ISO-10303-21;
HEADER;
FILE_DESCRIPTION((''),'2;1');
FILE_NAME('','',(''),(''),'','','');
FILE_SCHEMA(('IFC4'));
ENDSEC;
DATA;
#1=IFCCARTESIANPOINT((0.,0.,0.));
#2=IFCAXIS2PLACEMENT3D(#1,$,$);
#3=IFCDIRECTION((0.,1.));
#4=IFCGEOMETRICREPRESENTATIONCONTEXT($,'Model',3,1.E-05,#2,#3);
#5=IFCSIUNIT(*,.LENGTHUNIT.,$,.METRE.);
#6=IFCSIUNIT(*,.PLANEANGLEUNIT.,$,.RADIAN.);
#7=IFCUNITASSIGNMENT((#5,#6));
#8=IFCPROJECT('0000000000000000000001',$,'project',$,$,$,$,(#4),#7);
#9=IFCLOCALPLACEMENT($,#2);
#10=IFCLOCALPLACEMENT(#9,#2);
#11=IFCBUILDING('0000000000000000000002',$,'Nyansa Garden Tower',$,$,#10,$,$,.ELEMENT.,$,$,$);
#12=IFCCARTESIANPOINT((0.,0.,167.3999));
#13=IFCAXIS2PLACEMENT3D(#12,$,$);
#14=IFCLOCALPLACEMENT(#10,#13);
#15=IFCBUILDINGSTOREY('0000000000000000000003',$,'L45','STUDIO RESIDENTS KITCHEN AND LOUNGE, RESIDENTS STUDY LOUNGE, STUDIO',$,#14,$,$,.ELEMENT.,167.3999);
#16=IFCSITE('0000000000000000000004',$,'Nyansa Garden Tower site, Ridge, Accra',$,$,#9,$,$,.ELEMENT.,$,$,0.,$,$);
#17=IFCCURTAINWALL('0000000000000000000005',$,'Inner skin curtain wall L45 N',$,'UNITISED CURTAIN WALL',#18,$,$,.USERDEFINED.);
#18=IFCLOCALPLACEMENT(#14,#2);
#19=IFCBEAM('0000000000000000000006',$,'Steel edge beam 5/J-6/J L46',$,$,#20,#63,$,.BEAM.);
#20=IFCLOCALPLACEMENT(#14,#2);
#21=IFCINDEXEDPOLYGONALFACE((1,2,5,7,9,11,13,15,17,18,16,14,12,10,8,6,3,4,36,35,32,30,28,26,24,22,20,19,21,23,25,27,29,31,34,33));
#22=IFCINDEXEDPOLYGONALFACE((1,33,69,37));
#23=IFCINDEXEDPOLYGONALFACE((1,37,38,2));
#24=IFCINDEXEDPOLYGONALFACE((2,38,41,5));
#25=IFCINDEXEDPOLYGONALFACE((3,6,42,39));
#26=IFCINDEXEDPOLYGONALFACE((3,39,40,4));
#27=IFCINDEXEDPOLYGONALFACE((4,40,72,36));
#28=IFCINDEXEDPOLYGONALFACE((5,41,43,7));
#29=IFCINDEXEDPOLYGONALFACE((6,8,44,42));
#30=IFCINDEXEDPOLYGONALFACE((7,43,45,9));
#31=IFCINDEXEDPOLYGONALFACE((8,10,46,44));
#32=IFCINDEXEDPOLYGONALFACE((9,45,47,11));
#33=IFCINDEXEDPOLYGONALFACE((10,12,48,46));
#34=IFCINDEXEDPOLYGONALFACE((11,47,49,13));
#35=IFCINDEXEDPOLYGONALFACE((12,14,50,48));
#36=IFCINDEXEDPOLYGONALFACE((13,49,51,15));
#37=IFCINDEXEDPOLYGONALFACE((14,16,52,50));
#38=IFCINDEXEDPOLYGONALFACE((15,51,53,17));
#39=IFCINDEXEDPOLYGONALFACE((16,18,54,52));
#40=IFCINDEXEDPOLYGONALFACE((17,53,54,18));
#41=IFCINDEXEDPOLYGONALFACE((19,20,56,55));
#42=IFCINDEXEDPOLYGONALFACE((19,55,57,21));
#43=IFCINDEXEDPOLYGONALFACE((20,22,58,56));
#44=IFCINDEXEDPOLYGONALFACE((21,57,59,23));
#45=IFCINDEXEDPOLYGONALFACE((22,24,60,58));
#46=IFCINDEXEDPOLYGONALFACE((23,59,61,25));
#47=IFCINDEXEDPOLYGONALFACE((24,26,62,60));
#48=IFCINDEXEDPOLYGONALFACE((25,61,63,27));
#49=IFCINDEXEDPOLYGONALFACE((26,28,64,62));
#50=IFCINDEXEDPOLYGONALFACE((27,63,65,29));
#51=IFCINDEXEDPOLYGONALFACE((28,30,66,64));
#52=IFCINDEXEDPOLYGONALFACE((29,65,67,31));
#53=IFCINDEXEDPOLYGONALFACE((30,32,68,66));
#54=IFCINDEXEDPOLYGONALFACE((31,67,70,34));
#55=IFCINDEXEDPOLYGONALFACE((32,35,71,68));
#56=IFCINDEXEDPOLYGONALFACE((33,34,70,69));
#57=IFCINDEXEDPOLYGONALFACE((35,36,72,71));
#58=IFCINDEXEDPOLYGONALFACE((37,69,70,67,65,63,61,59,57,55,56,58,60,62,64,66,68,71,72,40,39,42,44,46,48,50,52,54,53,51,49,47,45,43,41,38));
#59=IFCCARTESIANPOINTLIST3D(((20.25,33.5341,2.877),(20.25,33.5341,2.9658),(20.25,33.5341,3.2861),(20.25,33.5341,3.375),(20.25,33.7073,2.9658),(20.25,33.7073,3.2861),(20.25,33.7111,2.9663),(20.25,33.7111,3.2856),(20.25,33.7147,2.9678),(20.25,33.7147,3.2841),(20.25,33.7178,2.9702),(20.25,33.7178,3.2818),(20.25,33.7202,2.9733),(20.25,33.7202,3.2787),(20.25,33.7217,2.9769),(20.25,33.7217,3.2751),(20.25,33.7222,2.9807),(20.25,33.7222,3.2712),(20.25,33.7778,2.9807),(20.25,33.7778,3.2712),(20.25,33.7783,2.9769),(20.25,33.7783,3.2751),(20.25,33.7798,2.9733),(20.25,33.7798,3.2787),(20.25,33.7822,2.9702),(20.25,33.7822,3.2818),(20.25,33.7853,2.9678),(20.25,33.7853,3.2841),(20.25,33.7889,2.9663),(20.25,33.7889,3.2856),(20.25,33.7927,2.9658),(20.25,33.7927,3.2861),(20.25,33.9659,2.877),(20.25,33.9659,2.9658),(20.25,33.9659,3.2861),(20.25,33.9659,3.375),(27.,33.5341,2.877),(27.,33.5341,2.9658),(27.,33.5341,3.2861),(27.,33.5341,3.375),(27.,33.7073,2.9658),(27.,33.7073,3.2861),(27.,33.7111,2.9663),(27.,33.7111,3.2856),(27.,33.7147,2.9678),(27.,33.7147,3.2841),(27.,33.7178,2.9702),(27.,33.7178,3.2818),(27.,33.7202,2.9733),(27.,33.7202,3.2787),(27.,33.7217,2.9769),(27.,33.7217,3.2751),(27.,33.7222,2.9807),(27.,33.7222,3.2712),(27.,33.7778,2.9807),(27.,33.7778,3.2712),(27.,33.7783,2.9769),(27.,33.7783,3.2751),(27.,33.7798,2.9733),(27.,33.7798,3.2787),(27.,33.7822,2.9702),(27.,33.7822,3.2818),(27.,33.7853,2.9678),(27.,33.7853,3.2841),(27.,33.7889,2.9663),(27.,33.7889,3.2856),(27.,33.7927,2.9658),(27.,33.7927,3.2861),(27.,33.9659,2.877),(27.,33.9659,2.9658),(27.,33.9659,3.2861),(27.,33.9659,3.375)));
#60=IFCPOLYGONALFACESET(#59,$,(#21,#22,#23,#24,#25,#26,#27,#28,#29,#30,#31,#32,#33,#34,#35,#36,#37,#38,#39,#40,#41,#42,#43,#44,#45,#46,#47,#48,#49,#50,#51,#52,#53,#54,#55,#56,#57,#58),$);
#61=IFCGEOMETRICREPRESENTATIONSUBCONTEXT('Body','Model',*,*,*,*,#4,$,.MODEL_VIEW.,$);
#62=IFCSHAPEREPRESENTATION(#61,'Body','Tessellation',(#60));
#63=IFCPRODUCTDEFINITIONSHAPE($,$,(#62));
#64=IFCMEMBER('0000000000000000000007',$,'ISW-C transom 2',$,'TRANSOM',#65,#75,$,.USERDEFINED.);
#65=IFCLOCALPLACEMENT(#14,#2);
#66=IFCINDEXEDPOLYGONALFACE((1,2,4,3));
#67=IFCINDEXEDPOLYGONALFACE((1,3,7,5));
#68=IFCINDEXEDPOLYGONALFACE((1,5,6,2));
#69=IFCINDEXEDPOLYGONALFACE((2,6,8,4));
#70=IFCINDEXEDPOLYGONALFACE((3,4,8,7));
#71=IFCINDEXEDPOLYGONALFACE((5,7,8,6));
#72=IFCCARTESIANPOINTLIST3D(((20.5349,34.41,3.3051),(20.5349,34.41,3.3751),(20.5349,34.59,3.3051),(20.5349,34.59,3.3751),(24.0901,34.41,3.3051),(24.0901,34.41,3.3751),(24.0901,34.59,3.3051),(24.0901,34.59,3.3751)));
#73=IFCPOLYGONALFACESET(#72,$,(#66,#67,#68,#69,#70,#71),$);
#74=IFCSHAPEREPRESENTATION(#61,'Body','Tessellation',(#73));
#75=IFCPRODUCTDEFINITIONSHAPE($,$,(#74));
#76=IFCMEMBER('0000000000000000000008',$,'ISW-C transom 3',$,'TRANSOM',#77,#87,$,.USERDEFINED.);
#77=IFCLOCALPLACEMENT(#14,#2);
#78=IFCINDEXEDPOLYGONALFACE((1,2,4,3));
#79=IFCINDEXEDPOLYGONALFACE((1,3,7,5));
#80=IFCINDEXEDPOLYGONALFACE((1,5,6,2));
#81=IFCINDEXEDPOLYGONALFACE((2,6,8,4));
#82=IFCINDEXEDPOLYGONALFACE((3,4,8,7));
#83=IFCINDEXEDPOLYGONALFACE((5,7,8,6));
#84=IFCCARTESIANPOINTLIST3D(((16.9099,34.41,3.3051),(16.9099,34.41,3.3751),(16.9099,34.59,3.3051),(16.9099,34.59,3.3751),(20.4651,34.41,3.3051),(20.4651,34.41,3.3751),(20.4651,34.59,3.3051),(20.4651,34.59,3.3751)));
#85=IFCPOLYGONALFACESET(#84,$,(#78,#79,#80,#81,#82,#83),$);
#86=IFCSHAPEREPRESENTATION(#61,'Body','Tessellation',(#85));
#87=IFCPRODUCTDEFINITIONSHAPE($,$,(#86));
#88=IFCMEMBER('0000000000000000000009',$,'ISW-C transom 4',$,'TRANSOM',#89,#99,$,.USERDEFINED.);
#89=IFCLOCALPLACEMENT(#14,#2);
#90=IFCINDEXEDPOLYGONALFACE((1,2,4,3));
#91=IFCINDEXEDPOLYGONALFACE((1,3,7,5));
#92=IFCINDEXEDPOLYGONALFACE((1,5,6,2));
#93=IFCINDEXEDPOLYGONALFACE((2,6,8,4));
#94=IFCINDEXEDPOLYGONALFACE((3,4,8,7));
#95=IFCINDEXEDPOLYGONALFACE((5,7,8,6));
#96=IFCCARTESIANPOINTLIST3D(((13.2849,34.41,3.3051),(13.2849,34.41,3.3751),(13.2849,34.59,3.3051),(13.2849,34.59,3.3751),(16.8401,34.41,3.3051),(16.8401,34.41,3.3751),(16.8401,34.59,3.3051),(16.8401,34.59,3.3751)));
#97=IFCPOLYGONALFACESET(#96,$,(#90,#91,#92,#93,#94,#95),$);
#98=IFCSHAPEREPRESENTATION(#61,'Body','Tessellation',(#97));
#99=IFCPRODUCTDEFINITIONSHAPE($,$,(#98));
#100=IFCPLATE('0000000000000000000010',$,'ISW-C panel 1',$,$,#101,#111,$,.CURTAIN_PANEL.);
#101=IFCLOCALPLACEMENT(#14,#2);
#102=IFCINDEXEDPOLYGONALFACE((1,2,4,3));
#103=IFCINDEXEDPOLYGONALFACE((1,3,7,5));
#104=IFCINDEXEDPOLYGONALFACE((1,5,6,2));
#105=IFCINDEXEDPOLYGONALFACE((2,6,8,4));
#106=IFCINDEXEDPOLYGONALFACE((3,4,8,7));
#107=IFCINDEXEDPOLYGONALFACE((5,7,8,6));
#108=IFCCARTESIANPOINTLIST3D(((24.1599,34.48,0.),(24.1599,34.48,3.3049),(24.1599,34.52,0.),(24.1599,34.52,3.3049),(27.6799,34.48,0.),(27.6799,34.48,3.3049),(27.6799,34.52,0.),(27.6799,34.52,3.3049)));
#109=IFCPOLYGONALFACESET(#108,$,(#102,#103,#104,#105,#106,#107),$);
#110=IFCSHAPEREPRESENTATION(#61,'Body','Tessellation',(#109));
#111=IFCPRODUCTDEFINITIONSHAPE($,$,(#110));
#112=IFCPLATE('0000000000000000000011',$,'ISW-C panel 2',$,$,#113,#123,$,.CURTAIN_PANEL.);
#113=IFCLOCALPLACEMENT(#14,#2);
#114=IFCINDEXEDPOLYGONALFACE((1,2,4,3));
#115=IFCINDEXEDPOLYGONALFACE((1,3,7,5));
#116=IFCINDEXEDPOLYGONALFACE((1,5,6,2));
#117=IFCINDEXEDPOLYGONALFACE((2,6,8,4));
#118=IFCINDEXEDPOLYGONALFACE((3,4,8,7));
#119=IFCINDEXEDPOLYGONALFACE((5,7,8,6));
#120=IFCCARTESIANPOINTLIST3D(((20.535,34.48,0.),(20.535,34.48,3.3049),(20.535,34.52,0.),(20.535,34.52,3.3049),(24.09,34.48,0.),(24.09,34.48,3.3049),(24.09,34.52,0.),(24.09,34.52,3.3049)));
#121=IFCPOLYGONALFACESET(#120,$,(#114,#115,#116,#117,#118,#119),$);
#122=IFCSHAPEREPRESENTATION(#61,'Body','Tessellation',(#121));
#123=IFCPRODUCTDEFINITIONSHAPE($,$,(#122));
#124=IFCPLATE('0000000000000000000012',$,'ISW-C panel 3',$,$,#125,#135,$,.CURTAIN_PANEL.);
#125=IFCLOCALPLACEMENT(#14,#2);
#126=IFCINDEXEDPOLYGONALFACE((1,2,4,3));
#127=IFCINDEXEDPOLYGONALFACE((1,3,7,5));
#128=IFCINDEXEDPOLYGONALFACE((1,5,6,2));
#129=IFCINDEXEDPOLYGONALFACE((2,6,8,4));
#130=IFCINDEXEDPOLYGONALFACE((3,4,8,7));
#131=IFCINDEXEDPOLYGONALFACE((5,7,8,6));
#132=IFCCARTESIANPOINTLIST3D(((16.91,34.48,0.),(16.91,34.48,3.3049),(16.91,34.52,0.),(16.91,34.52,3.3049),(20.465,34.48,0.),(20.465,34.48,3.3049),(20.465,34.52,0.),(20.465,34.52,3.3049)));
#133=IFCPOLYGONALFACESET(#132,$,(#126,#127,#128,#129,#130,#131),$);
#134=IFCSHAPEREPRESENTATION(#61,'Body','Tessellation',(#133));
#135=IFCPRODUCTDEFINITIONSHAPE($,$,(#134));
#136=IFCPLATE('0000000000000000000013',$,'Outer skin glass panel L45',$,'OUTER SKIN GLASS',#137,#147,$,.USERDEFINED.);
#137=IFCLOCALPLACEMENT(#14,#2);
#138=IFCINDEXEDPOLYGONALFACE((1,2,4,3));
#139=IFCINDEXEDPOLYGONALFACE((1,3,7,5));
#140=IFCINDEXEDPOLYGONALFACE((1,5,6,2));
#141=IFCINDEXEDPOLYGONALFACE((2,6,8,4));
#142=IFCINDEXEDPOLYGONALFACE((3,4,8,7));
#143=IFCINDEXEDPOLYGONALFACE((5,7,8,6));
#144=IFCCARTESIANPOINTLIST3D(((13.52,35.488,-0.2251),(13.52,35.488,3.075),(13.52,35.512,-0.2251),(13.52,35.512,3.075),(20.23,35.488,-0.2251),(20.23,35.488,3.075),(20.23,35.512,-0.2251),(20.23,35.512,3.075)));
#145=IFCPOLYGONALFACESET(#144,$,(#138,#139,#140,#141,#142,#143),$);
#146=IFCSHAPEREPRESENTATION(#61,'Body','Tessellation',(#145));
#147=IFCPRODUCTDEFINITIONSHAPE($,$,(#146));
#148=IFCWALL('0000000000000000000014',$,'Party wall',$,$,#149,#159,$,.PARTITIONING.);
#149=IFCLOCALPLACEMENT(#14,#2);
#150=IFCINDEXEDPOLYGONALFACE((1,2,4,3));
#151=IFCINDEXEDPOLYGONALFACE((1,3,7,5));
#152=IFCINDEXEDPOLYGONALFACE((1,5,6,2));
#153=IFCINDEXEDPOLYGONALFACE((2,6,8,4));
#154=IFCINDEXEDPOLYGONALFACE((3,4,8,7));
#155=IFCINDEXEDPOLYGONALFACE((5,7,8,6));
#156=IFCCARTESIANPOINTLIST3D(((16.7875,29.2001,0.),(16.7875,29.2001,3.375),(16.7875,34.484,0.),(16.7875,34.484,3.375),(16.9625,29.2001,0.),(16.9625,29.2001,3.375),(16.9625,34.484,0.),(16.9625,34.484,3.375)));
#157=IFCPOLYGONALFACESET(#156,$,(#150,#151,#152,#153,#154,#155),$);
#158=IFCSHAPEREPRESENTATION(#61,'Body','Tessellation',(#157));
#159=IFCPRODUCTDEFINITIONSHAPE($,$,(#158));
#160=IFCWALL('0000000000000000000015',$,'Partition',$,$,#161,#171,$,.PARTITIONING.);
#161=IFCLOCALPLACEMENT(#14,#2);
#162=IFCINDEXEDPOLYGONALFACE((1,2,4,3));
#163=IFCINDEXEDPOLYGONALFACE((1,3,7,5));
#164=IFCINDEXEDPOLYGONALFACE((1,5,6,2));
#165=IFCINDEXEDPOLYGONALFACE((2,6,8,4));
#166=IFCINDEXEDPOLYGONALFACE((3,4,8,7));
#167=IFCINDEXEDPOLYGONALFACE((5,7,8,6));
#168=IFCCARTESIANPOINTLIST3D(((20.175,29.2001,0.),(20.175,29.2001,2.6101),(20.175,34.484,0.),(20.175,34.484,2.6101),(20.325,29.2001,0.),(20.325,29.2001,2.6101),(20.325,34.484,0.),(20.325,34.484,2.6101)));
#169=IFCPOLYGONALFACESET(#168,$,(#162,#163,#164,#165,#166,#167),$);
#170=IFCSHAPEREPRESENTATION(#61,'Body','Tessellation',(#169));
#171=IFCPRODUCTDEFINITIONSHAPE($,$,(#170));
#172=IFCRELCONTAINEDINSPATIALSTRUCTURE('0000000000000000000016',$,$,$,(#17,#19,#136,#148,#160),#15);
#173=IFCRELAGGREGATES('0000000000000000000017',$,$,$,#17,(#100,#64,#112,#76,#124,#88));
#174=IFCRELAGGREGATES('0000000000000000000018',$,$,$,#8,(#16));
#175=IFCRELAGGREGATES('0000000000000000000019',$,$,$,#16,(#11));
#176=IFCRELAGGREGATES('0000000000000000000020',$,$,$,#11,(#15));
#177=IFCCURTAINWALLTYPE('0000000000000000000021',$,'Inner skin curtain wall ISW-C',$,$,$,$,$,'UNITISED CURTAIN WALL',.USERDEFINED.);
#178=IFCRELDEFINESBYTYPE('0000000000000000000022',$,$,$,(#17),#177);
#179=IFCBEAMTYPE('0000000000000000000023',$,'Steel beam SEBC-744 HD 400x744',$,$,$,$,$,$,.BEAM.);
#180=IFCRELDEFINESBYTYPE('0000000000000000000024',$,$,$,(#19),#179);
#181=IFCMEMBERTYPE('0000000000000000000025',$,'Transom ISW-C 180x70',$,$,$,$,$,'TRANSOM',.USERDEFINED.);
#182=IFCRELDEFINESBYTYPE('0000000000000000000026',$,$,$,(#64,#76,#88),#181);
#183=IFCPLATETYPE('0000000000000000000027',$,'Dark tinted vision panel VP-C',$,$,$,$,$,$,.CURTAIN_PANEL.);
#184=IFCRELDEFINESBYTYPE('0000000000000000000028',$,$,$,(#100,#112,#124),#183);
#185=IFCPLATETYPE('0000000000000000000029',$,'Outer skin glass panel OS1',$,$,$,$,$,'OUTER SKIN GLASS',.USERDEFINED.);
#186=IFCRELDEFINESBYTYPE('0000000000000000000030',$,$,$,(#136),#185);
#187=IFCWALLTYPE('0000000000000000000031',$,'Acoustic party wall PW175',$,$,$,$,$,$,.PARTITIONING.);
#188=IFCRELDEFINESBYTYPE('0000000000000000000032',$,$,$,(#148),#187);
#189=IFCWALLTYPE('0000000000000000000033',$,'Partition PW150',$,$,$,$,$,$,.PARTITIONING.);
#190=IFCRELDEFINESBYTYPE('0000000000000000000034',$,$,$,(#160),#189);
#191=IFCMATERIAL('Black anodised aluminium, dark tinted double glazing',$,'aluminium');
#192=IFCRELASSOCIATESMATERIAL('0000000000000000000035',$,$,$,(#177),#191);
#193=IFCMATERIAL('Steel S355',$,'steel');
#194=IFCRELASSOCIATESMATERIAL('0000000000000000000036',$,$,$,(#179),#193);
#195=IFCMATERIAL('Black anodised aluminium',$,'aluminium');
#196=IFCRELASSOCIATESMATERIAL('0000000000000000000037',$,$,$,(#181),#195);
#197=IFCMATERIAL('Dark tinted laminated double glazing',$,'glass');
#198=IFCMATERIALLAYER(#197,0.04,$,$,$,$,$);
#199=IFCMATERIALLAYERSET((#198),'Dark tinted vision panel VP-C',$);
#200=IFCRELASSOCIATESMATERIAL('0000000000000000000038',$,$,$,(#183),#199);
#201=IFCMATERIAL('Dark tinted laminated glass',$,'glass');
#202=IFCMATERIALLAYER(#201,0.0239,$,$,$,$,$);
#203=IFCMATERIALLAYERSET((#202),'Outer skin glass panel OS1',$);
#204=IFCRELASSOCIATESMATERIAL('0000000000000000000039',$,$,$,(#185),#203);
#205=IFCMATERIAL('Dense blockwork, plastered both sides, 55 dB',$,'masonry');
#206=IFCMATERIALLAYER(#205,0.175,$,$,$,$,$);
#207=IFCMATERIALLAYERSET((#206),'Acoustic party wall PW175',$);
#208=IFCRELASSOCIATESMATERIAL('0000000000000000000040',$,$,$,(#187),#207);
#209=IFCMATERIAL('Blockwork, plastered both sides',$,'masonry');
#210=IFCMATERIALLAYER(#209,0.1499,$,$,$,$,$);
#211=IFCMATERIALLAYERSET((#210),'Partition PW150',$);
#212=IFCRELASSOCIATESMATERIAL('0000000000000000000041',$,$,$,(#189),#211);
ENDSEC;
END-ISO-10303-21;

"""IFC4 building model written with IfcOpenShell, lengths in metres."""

from ifc_helpers import new_model, si_unit, direction, frame, frame_2d, origin, origin_2d, place, context, subcontext, project, spatial, rectangle, i_section, extrude, material, layer, layer_set, material_profile, profile_set, type_object, element, aggregate, save


model = new_model("IFC4")

# Units and contexts
model_context = context("Model", 3, precision=1e-05, world=origin(), true_north=direction((0.0, 1.0)))
body_context = subcontext(model_context, "Body", "Model", "MODEL_VIEW")
ifc_project = project(units=[si_unit("LENGTHUNIT", "METRE"), si_unit("PLANEANGLEUNIT", "RADIAN")], contexts=[model_context])

# Site, building, storey
site_placement = place(None, origin())
site = spatial("IfcSite", under=ifc_project, at=site_placement, Name="Nyansa Garden Tower site, Ridge, Accra", CompositionType="ELEMENT", RefElevation=0.0)
building_placement = place(site_placement, origin())
building = spatial("IfcBuilding", under=site, at=building_placement, Name="Nyansa Garden Tower", CompositionType="ELEMENT")
storey_placement = place(building_placement, frame((0.0, 0.0, 167.3999)))
storey = spatial("IfcBuildingStorey", under=building, at=storey_placement, Name="L45", Description="STUDIO RESIDENTS KITCHEN AND LOUNGE, RESIDENTS STUDY LOUNGE, STUDIO", CompositionType="ELEMENT", Elevation=167.3999)

# Curtain wall
ifc_material_1 = material(Name="Black anodised aluminium, dark tinted double glazing", Category="aluminium")
curtain_wall_type = type_object("IfcCurtainWallType", Name="Inner skin curtain wall ISW-C", ElementType="UNITISED CURTAIN WALL", PredefinedType="USERDEFINED", material=ifc_material_1)
curtain_wall_placement = place(storey_placement, origin())
curtain_wall = element("IfcCurtainWall", 1, at=curtain_wall_placement, inside=storey, type_object=curtain_wall_type, Name="Inner skin curtain wall L45 N", ObjectType="UNITISED CURTAIN WALL", PredefinedType="USERDEFINED")

# Beam
ifc_material_2 = material(Name="Steel S355", Category="steel")
ifc_material_profile_1 = material_profile(ifc_material_2, i_section(OverallWidth=0.4319, OverallDepth=0.498, WebThickness=0.0557, FlangeThickness=0.0889, FilletRadius=0.0149, at=origin_2d()), Name="HD 400x744")
ifc_profile_set_1 = profile_set([ifc_material_profile_1], Name="Steel S355")
beam_type_1 = type_object("IfcBeamType", Name="Steel beam SEBC-744 HD 400x744", PredefinedType="BEAM", material=ifc_profile_set_1)
beam_1_placement = place(storey_placement, frame((20.25, 33.75, 3.126), z_axis=(1.0, 0.0, 0.0), x_axis=(0.0, 1.0, 0.0)))
element("IfcBeam", 2, at=beam_1_placement, inside=storey, type_object=beam_type_1, Name="Steel edge beam 5/J-6/J L46", PredefinedType="BEAM", context=body_context, shape_type="SweptSolid", body=[
    extrude(i_section(OverallWidth=0.4319, OverallDepth=0.498, WebThickness=0.0557, FlangeThickness=0.0889, FilletRadius=0.0149, at=origin_2d()), origin(), (0.0, 0.0, 1.0), 6.75),
])

# Members
ifc_material_3 = material(Name="Black anodised aluminium", Category="aluminium")
ifc_material_profile_2 = material_profile(ifc_material_3, rectangle(XDim=0.1799, YDim=0.0701, at=origin_2d()), Name="Transom 180x70")
ifc_profile_set_2 = profile_set([ifc_material_profile_2], Name="Black anodised aluminium")
member_type_1 = type_object("IfcMemberType", Name="Transom ISW-C 180x70", ElementType="TRANSOM", PredefinedType="USERDEFINED", material=ifc_profile_set_2)
member_1_placement = place(storey_placement, frame((24.0901, 34.5, 3.3401), z_axis=(-1.0, 0.0, 0.0), x_axis=(0.0, -1.0, 0.0)))
member_1 = element("IfcMember", 3, at=member_1_placement, type_object=member_type_1, Name="ISW-C transom 2", ObjectType="TRANSOM", PredefinedType="USERDEFINED", context=body_context, shape_type="SweptSolid", body=[
    extrude(rectangle(XDim=0.1799, YDim=0.0701, at=origin_2d()), origin(), (0.0, 0.0, 1.0), 3.5552),
])
member_2_placement = place(storey_placement, frame((20.4651, 34.5, 3.3401), z_axis=(-1.0, 0.0, 0.0), x_axis=(0.0, -1.0, 0.0)))
member_2 = element("IfcMember", 4, at=member_2_placement, type_object=member_type_1, Name="ISW-C transom 3", ObjectType="TRANSOM", PredefinedType="USERDEFINED", context=body_context, shape_type="SweptSolid", body=[
    extrude(rectangle(XDim=0.1799, YDim=0.0701, at=origin_2d()), origin(), (0.0, 0.0, 1.0), 3.5552),
])
member_3_placement = place(storey_placement, frame((16.8401, 34.5, 3.3401), z_axis=(-1.0, 0.0, 0.0), x_axis=(0.0, -1.0, 0.0)))
member_3 = element("IfcMember", 5, at=member_3_placement, type_object=member_type_1, Name="ISW-C transom 4", ObjectType="TRANSOM", PredefinedType="USERDEFINED", context=body_context, shape_type="SweptSolid", body=[
    extrude(rectangle(XDim=0.1799, YDim=0.0701, at=origin_2d()), origin(), (0.0, 0.0, 1.0), 3.5552),
])

# Plates
ifc_material_4 = material(Name="Dark tinted laminated double glazing", Category="glass")
ifc_layer_1 = layer(ifc_material_4, 0.04)
ifc_layer_set_1 = layer_set([ifc_layer_1], Name="Dark tinted vision panel VP-C")
plate_type_1 = type_object("IfcPlateType", Name="Dark tinted vision panel VP-C", PredefinedType="CURTAIN_PANEL", material=ifc_layer_set_1)
plate_1_placement = place(storey_placement, frame((25.9199, 34.5, 0.0), z_axis=(0.0, 0.0, 1.0), x_axis=(-1.0, 0.0, 0.0)))
plate_1 = element("IfcPlate", 6, at=plate_1_placement, type_object=plate_type_1, Name="ISW-C panel 1", PredefinedType="CURTAIN_PANEL", context=body_context, shape_type="SweptSolid", body=[
    extrude(rectangle(XDim=3.52, YDim=0.04, at=origin_2d()), origin(), (0.0, 0.0, 1.0), 3.3049),
])
plate_2_placement = place(storey_placement, frame((22.3125, 34.5, 0.0), z_axis=(0.0, 0.0, 1.0), x_axis=(-1.0, 0.0, 0.0)))
plate_2 = element("IfcPlate", 7, at=plate_2_placement, type_object=plate_type_1, Name="ISW-C panel 2", PredefinedType="CURTAIN_PANEL", context=body_context, shape_type="SweptSolid", body=[
    extrude(rectangle(XDim=3.5549, YDim=0.04, at=origin_2d()), origin(), (0.0, 0.0, 1.0), 3.3049),
])
plate_3_placement = place(storey_placement, frame((18.6875, 34.5, 0.0), z_axis=(0.0, 0.0, 1.0), x_axis=(-1.0, 0.0, 0.0)))
plate_3 = element("IfcPlate", 8, at=plate_3_placement, type_object=plate_type_1, Name="ISW-C panel 3", PredefinedType="CURTAIN_PANEL", context=body_context, shape_type="SweptSolid", body=[
    extrude(rectangle(XDim=3.5549, YDim=0.04, at=origin_2d()), origin(), (0.0, 0.0, 1.0), 3.3049),
])
aggregate(curtain_wall, [plate_1, member_1, plate_2, member_2, plate_3, member_3])
ifc_material_5 = material(Name="Dark tinted laminated glass", Category="glass")
ifc_layer_2 = layer(ifc_material_5, 0.0239)
ifc_layer_set_2 = layer_set([ifc_layer_2], Name="Outer skin glass panel OS1")
plate_type_2 = type_object("IfcPlateType", Name="Outer skin glass panel OS1", ElementType="OUTER SKIN GLASS", PredefinedType="USERDEFINED", material=ifc_layer_set_2)
plate_4_placement = place(storey_placement, frame((16.875, 35.5, -0.2251), z_axis=(0.0, 0.0, 1.0), x_axis=(1.0, 0.0, 0.0)))
element("IfcPlate", 9, at=plate_4_placement, inside=storey, type_object=plate_type_2, Name="Outer skin glass panel L45", ObjectType="OUTER SKIN GLASS", PredefinedType="USERDEFINED", context=body_context, shape_type="SweptSolid", body=[
    extrude(rectangle(XDim=6.71, YDim=0.0239, at=origin_2d()), origin(), (0.0, 0.0, 1.0), 3.3),
])

# Walls
ifc_material_6 = material(Name="Dense blockwork, plastered both sides, 55 dB", Category="masonry")
ifc_layer_3 = layer(ifc_material_6, 0.175)
ifc_layer_set_3 = layer_set([ifc_layer_3], Name="Acoustic party wall PW175")
wall_type_1 = type_object("IfcWallType", Name="Acoustic party wall PW175", PredefinedType="PARTITIONING", material=ifc_layer_set_3)
wall_1_placement = place(storey_placement, frame((16.875, 29.2, 0.0), z_axis=(0.0, 0.0, 1.0), x_axis=(0.0, 1.0, 0.0)))
element("IfcWall", 10, at=wall_1_placement, inside=storey, type_object=wall_type_1, Name="Party wall", PredefinedType="PARTITIONING", context=body_context, shape_type="SweptSolid", body=[
    extrude(rectangle(XDim=5.2839, YDim=0.175, at=frame_2d((2.6421, 0.0))), origin(), (0.0, 0.0, 1.0), 3.375),
])
ifc_material_7 = material(Name="Blockwork, plastered both sides", Category="masonry")
ifc_layer_4 = layer(ifc_material_7, 0.1499)
ifc_layer_set_4 = layer_set([ifc_layer_4], Name="Partition PW150")
wall_type_2 = type_object("IfcWallType", Name="Partition PW150", PredefinedType="PARTITIONING", material=ifc_layer_set_4)
wall_2_placement = place(storey_placement, frame((20.25, 29.2, 0.0), z_axis=(0.0, 0.0, 1.0), x_axis=(0.0, 1.0, 0.0)))
element("IfcWall", 11, at=wall_2_placement, inside=storey, type_object=wall_type_2, Name="Partition", PredefinedType="PARTITIONING", context=body_context, shape_type="SweptSolid", body=[
    extrude(rectangle(XDim=5.2839, YDim=0.1499, at=frame_2d((2.6421, 0.0))), origin(), (0.0, 0.0, 1.0), 2.6101),
])

save(model, "model.ifc")
